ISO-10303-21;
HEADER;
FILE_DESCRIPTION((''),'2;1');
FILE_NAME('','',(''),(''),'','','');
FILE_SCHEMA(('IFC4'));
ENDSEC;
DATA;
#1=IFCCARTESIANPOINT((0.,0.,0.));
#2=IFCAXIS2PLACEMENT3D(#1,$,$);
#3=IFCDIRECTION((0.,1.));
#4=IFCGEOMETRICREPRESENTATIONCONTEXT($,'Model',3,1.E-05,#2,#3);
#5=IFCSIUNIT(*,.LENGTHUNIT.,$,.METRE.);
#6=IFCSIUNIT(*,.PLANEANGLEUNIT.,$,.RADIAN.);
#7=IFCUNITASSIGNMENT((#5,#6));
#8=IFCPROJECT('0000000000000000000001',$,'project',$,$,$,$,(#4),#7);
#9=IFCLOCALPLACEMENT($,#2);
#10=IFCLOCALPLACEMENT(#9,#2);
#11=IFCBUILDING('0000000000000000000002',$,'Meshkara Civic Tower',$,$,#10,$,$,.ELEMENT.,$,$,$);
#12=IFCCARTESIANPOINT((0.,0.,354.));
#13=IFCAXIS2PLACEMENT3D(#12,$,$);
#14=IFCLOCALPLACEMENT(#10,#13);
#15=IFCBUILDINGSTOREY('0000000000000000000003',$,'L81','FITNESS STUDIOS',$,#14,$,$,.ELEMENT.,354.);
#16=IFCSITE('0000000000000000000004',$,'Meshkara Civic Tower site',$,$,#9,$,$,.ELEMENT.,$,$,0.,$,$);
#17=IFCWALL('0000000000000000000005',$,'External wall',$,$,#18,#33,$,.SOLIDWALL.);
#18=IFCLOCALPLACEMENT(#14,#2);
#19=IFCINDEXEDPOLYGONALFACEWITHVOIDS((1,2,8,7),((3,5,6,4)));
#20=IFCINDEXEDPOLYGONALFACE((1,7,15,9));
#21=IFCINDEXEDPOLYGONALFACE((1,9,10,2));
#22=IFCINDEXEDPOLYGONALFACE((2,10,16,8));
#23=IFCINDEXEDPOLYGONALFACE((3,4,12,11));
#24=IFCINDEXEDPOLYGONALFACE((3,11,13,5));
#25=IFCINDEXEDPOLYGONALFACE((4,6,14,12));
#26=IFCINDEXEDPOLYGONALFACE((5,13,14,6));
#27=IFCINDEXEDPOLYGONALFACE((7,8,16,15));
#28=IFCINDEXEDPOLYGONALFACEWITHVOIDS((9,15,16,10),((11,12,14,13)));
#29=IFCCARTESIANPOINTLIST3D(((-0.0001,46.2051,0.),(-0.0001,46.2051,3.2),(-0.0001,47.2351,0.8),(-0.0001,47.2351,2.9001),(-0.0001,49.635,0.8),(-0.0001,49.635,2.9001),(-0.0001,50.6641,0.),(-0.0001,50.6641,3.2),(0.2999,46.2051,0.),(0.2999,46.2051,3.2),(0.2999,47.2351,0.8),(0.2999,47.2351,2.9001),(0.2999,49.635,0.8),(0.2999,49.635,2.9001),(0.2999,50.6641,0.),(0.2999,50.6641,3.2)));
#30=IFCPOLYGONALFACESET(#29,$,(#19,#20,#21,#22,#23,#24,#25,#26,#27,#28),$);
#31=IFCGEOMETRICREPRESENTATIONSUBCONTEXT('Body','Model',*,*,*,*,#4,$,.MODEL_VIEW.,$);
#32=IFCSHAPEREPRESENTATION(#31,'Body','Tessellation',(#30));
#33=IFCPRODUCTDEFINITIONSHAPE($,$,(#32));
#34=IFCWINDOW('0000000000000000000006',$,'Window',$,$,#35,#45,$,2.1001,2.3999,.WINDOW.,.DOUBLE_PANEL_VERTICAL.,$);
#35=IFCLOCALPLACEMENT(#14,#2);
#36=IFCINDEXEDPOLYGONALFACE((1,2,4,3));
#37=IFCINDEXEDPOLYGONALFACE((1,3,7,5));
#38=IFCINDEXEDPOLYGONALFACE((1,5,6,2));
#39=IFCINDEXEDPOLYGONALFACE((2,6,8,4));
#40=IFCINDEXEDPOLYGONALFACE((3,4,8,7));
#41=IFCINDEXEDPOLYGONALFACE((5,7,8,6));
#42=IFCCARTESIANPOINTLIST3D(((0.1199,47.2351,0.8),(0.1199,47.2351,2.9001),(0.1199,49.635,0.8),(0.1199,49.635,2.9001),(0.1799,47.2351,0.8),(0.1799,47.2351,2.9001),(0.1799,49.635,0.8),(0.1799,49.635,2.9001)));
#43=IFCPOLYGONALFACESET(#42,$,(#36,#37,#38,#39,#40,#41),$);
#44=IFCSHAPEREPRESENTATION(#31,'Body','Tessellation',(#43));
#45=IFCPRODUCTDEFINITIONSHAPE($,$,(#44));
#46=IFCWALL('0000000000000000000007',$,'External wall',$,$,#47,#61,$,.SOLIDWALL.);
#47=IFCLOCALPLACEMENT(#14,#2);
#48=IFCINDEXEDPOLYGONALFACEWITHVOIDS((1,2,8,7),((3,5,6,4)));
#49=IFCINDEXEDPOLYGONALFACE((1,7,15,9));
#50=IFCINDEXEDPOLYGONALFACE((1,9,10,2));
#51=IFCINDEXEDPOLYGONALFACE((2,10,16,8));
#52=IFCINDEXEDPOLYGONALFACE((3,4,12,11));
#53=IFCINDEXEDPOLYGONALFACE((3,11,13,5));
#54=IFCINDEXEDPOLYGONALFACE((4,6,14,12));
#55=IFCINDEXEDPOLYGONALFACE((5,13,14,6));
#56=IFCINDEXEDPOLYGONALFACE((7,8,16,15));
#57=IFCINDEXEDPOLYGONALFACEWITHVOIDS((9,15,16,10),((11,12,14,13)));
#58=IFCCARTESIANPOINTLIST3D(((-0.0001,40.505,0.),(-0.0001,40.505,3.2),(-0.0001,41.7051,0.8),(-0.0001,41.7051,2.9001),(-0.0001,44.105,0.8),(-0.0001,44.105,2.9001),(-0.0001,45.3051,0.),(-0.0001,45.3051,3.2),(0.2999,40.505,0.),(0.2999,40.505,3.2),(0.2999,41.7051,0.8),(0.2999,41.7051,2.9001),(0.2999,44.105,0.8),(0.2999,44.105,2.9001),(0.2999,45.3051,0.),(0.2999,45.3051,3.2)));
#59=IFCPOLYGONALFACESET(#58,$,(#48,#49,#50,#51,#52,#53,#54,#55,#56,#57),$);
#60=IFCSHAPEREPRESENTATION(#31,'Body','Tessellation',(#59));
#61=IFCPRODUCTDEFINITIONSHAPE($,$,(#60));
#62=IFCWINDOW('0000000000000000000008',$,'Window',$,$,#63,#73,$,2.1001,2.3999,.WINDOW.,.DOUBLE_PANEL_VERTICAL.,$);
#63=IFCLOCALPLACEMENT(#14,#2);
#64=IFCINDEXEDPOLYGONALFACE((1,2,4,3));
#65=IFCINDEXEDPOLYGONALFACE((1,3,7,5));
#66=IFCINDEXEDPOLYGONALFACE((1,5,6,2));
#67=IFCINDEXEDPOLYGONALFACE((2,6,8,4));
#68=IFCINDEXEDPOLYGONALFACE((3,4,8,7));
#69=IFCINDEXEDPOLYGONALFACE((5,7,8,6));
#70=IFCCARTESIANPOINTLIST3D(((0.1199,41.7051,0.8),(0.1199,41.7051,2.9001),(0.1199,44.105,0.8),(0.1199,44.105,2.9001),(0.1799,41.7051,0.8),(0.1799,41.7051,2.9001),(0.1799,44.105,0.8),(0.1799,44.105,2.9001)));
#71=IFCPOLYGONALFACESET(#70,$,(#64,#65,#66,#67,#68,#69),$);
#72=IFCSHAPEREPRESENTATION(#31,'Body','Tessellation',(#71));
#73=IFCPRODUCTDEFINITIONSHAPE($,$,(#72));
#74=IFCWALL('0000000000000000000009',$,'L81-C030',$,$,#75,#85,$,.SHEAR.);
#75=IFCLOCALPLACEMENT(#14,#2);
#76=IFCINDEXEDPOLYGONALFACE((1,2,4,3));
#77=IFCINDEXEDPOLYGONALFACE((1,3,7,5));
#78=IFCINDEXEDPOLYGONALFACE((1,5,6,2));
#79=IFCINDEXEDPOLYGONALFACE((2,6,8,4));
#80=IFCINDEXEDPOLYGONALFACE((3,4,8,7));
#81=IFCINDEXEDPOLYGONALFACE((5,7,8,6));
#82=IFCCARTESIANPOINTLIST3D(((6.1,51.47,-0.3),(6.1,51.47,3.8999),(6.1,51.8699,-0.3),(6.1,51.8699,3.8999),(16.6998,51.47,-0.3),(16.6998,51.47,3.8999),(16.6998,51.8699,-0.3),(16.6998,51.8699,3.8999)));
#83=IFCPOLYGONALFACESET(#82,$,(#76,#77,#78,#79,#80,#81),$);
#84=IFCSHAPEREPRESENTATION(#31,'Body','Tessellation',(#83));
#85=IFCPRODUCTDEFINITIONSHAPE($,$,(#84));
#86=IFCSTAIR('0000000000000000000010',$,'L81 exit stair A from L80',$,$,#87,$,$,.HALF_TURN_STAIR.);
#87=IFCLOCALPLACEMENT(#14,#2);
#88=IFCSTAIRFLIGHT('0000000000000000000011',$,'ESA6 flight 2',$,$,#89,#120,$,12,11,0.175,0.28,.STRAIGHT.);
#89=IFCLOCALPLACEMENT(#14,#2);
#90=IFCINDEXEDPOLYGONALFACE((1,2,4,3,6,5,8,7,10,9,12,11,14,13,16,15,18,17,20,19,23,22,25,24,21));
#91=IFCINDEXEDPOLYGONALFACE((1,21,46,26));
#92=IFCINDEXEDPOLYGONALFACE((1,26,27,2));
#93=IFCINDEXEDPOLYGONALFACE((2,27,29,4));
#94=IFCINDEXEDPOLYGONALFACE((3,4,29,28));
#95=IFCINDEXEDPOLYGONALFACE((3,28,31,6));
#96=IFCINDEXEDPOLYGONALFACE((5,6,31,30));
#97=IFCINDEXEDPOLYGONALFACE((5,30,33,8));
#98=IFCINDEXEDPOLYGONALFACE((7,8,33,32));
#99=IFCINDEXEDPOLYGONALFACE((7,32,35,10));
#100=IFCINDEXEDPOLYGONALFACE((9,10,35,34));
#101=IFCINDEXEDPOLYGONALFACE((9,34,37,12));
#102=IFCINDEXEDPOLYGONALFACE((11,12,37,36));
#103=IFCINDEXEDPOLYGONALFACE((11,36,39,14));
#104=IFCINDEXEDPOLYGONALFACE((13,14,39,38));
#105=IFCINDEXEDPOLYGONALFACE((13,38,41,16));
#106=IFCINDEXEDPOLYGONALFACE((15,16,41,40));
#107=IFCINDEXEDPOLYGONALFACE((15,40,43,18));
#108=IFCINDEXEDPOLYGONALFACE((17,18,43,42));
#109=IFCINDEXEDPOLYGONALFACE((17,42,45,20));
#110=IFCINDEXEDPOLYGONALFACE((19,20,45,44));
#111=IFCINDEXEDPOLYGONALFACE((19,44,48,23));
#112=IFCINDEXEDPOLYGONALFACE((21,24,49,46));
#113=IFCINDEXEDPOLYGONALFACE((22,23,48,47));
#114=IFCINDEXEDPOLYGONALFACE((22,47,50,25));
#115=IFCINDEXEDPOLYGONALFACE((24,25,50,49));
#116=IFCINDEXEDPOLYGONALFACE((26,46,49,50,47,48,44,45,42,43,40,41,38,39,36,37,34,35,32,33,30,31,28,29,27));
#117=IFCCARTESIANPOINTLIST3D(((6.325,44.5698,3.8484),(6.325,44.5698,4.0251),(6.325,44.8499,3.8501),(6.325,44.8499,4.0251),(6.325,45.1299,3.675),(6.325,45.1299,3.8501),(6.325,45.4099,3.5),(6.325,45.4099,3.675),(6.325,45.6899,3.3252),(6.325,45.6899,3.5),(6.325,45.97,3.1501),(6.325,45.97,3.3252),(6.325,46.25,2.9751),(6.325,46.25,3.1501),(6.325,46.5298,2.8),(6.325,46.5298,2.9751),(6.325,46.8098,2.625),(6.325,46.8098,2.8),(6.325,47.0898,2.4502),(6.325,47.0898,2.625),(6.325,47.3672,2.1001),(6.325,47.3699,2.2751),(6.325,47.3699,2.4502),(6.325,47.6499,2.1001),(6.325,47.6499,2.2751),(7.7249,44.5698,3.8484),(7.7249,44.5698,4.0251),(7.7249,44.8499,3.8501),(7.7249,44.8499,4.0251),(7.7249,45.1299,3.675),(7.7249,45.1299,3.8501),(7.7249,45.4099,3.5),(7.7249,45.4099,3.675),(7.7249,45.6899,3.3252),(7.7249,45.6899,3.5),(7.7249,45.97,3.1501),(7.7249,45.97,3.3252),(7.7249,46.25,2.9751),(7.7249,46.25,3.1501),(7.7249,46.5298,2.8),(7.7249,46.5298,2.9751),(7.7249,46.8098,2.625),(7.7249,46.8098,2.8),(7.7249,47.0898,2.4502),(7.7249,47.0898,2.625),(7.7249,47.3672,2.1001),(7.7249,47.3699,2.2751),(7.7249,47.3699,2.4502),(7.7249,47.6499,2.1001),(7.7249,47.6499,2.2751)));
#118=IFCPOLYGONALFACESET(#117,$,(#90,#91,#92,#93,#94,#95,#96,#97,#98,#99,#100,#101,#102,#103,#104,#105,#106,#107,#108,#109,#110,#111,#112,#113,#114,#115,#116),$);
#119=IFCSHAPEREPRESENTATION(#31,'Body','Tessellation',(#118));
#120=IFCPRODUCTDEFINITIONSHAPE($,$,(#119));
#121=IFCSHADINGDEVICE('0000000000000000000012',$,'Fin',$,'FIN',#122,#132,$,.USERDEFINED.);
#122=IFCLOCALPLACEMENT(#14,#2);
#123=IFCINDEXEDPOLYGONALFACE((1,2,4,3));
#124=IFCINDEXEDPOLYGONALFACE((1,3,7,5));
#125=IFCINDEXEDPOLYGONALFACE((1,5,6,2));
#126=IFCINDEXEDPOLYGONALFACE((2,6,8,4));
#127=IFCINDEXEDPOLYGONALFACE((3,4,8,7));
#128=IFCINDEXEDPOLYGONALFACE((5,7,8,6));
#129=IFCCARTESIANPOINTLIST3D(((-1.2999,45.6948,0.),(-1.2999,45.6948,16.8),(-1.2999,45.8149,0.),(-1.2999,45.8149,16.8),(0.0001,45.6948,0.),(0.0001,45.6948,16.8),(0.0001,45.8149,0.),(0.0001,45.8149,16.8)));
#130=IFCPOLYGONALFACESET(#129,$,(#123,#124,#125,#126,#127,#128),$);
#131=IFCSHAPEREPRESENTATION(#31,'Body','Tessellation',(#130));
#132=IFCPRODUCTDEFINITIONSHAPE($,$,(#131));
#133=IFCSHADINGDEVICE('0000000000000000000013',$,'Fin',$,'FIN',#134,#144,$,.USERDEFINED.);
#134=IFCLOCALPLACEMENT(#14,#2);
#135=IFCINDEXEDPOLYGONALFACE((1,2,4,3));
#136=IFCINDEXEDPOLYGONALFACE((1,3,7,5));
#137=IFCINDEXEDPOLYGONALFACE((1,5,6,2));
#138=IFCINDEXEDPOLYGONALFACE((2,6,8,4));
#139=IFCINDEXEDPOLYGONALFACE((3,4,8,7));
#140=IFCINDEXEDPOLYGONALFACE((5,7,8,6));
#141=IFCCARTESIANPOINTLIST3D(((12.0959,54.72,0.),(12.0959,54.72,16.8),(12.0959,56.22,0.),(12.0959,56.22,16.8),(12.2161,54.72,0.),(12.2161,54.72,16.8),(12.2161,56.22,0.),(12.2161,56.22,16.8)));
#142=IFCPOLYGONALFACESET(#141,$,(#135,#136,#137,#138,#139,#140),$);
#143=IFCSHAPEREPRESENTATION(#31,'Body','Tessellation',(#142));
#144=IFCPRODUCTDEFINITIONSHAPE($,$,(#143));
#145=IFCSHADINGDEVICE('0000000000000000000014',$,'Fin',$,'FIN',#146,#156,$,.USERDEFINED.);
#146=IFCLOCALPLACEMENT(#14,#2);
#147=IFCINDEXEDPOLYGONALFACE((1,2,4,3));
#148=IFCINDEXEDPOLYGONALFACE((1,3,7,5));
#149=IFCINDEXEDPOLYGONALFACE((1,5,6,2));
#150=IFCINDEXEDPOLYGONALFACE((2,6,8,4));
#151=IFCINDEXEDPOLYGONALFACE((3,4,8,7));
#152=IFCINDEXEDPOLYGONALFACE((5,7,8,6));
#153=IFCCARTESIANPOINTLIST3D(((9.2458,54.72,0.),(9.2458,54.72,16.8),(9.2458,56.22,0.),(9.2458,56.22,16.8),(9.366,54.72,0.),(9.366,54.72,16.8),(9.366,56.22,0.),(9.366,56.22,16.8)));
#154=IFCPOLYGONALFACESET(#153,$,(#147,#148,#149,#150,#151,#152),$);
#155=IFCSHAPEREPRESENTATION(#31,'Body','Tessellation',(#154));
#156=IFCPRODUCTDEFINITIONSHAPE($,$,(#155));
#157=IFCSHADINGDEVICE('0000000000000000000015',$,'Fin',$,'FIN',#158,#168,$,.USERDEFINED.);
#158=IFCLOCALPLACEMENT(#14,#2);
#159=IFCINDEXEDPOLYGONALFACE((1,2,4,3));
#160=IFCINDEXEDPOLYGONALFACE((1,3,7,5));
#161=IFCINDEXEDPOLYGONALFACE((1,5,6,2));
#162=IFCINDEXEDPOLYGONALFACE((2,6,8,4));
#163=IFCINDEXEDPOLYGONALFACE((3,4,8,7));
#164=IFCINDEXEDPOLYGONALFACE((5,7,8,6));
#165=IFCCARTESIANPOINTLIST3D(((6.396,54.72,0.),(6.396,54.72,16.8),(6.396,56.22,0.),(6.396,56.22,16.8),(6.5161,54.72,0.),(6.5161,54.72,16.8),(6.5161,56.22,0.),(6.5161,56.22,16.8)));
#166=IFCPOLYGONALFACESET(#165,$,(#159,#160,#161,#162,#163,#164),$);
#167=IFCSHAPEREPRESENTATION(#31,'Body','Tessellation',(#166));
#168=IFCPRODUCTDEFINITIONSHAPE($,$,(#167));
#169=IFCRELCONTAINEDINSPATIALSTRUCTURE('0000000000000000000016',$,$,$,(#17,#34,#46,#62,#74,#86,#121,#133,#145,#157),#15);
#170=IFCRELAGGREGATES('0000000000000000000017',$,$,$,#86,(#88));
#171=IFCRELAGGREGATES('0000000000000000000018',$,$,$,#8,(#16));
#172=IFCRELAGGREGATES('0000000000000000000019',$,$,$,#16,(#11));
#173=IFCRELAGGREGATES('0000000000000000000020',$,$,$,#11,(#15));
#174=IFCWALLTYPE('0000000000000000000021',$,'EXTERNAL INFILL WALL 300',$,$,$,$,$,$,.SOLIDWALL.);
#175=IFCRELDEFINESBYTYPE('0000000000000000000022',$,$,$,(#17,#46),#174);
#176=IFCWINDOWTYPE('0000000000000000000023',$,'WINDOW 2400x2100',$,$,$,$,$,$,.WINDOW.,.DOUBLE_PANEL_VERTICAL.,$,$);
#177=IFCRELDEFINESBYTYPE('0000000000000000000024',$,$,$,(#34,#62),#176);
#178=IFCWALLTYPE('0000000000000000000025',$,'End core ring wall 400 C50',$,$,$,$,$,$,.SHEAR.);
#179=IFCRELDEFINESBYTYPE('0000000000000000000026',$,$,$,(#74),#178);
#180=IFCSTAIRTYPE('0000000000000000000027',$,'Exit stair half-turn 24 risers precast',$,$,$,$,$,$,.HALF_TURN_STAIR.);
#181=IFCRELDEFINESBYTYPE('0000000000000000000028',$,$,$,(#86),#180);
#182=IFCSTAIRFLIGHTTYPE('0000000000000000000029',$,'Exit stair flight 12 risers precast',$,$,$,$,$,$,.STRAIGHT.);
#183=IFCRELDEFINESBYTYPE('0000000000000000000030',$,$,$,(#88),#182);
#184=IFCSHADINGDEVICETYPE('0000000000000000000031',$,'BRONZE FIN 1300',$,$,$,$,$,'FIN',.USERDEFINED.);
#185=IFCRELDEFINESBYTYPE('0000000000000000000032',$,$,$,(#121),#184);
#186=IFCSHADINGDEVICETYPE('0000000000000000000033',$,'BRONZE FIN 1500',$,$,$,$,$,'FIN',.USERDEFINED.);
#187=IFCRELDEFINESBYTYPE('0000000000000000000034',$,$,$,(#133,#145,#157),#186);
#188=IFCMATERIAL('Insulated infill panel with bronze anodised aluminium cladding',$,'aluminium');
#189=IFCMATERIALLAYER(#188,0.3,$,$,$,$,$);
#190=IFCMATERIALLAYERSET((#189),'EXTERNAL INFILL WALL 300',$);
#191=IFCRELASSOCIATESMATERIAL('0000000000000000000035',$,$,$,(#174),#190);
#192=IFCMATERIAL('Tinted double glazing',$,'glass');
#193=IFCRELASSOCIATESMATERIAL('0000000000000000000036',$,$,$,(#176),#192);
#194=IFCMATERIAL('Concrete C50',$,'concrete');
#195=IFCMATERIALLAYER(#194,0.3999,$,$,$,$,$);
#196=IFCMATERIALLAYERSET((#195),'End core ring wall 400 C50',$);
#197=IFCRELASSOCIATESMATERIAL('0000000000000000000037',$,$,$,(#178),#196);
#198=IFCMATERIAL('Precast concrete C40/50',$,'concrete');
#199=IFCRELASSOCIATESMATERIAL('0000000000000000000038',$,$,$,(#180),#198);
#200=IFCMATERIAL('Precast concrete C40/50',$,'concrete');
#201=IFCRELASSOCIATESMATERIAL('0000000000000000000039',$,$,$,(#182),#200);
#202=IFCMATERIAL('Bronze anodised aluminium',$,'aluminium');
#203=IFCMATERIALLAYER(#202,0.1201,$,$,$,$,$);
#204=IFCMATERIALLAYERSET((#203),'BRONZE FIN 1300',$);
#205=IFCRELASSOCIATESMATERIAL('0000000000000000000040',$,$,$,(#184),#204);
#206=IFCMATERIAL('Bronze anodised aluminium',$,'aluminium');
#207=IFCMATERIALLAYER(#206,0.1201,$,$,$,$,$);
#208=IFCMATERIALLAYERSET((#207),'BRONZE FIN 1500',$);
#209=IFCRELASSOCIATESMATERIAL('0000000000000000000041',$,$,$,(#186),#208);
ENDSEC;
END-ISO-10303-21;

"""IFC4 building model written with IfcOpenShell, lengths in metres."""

from ifc_helpers import new_model, si_unit, direction, frame, frame_2d, origin, origin_2d, place, context, subcontext, project, spatial, polyline, rectangle, outline, extrude, material, layer, layer_set, type_object, element, fill, aggregate, save


model = new_model("IFC4")

# Units and contexts
model_context = context("Model", 3, precision=1e-05, world=origin(), true_north=direction((0.0, 1.0)))
body_context = subcontext(model_context, "Body", "Model", "MODEL_VIEW")
ifc_project = project(units=[si_unit("LENGTHUNIT", "METRE"), si_unit("PLANEANGLEUNIT", "RADIAN")], contexts=[model_context])

# Site, building, storey
site_placement = place(None, origin())
site = spatial("IfcSite", under=ifc_project, at=site_placement, Name="Meshkara Civic Tower site", CompositionType="ELEMENT", RefElevation=0.0)
building_placement = place(site_placement, origin())
building = spatial("IfcBuilding", under=site, at=building_placement, Name="Meshkara Civic Tower", CompositionType="ELEMENT")
storey_placement = place(building_placement, frame((0.0, 0.0, 354.0)))
storey = spatial("IfcBuildingStorey", under=building, at=storey_placement, Name="L81", Description="FITNESS STUDIOS", CompositionType="ELEMENT", Elevation=354.0)

# Walls, openings, windows
ifc_material_1 = material(Name="Insulated infill panel with bronze anodised aluminium cladding", Category="aluminium")
ifc_layer_1 = layer(ifc_material_1, 0.3)
ifc_layer_set_1 = layer_set([ifc_layer_1], Name="EXTERNAL INFILL WALL 300")
wall_type_1 = type_object("IfcWallType", Name="EXTERNAL INFILL WALL 300", PredefinedType="SOLIDWALL", material=ifc_layer_set_1)
ifc_material_2 = material(Name="Tinted double glazing", Category="glass")
window_type = type_object("IfcWindowType", Name="WINDOW 2400x2100", PartitioningType="DOUBLE_PANEL_VERTICAL", PredefinedType="WINDOW", material=ifc_material_2)
wall_1_placement = place(storey_placement, frame((0.1499, 50.6641, 0.0), z_axis=(0.0, 0.0, 1.0), x_axis=(0.0, -1.0, 0.0)))
wall_1 = element("IfcWall", 1, at=wall_1_placement, inside=storey, type_object=wall_type_1, Name="External wall", PredefinedType="SOLIDWALL", context=body_context, shape_type="SweptSolid", body=[
    extrude(rectangle(XDim=4.459, YDim=0.3, at=frame_2d((2.2295, 0.0))), origin(), (0.0, 0.0, 1.0), 3.2),
])
opening_1_placement = place(wall_1_placement, frame((1.0291, 0.0, 0.8)))
opening_1 = element("IfcOpeningElement", 2, at=opening_1_placement, cuts=wall_1, PredefinedType="OPENING", context=body_context, shape_type="SweptSolid", body=[
    extrude(rectangle(XDim=2.3999, YDim=2.1001, at=frame_2d((1.2, 1.05))), frame((0.0, 0.1599, 0.0), z_axis=(0.0, -1.0, 0.0), x_axis=(1.0, 0.0, 0.0)), (0.0, 0.0, 1.0), 0.3201),
])
window_1_placement = place(opening_1_placement, origin())
window_1 = element("IfcWindow", 3, at=window_1_placement, inside=storey, type_object=window_type, Name="Window", OverallHeight=2.1001, OverallWidth=2.3999, PartitioningType="DOUBLE_PANEL_VERTICAL", PredefinedType="WINDOW", context=body_context, shape_type="SweptSolid", body=[
    extrude(rectangle(XDim=2.3999, YDim=2.1001, at=frame_2d((1.2, 1.05))), frame((0.0, 0.03, 0.0), z_axis=(0.0, -1.0, 0.0), x_axis=(1.0, 0.0, 0.0)), (0.0, 0.0, 1.0), 0.0601),
])
fill(opening_1, window_1)
wall_2_placement = place(storey_placement, frame((0.1499, 45.3049, 0.0), z_axis=(0.0, 0.0, 1.0), x_axis=(0.0, -1.0, 0.0)))
wall_2 = element("IfcWall", 4, at=wall_2_placement, inside=storey, type_object=wall_type_1, Name="External wall", PredefinedType="SOLIDWALL", context=body_context, shape_type="SweptSolid", body=[
    extrude(rectangle(XDim=4.8, YDim=0.3, at=frame_2d((2.3999, 0.0))), origin(), (0.0, 0.0, 1.0), 3.2),
])
opening_2_placement = place(wall_2_placement, frame((1.2, 0.0, 0.8)))
opening_2 = element("IfcOpeningElement", 5, at=opening_2_placement, cuts=wall_2, PredefinedType="OPENING", context=body_context, shape_type="SweptSolid", body=[
    extrude(rectangle(XDim=2.3999, YDim=2.1001, at=frame_2d((1.2, 1.05))), frame((0.0, 0.1599, 0.0), z_axis=(0.0, -1.0, 0.0), x_axis=(1.0, 0.0, 0.0)), (0.0, 0.0, 1.0), 0.3201),
])
window_2_placement = place(opening_2_placement, origin())
window_2 = element("IfcWindow", 6, at=window_2_placement, inside=storey, type_object=window_type, Name="Window", OverallHeight=2.1001, OverallWidth=2.3999, PartitioningType="DOUBLE_PANEL_VERTICAL", PredefinedType="WINDOW", context=body_context, shape_type="SweptSolid", body=[
    extrude(rectangle(XDim=2.3999, YDim=2.1001, at=frame_2d((1.2, 1.05))), frame((0.0, 0.03, 0.0), z_axis=(0.0, -1.0, 0.0), x_axis=(1.0, 0.0, 0.0)), (0.0, 0.0, 1.0), 0.0601),
])
fill(opening_2, window_2)

# Wall
ifc_material_3 = material(Name="Concrete C50", Category="concrete")
ifc_layer_2 = layer(ifc_material_3, 0.3999)
ifc_layer_set_2 = layer_set([ifc_layer_2], Name="End core ring wall 400 C50")
wall_type_2 = type_object("IfcWallType", Name="End core ring wall 400 C50", PredefinedType="SHEAR", material=ifc_layer_set_2)
wall_3_placement = place(storey_placement, frame((6.1001, 51.6699, -0.3), z_axis=(0.0, 0.0, 1.0), x_axis=(1.0, 0.0, 0.0)))
element("IfcWall", 7, at=wall_3_placement, inside=storey, type_object=wall_type_2, Name="L81-C030", PredefinedType="SHEAR", context=body_context, shape_type="SweptSolid", body=[
    extrude(rectangle(XDim=10.5999, YDim=0.3999, at=frame_2d((5.2998, 0.0))), origin(), (0.0, 0.0, 1.0), 4.2),
])

# Stair, stair flight
ifc_material_4 = material(Name="Precast concrete C40/50", Category="concrete")
stair_type = type_object("IfcStairType", Name="Exit stair half-turn 24 risers precast", PredefinedType="HALF_TURN_STAIR", material=ifc_material_4)
stair_placement = place(storey_placement, origin())
stair = element("IfcStair", 8, at=stair_placement, inside=storey, type_object=stair_type, Name="L81 exit stair A from L80", PredefinedType="HALF_TURN_STAIR")
ifc_material_5 = material(Name="Precast concrete C40/50", Category="concrete")
stair_flight_type = type_object("IfcStairFlightType", Name="Exit stair flight 12 risers precast", PredefinedType="STRAIGHT", material=ifc_material_5)
stair_flight_placement = place(storey_placement, frame((7.0249, 47.6499, 2.1001), z_axis=(0.0, 0.0, 1.0), x_axis=(0.0, -1.0, 0.0)))
stair_flight = element("IfcStairFlight", 9, at=stair_flight_placement, type_object=stair_flight_type, Name="ESA6 flight 2", NumberOfRisers=12, NumberOfTreads=11, PredefinedType="STRAIGHT", RiserHeight=0.175, TreadLength=0.28, context=body_context, shape_type="SweptSolid", body=[
    extrude(outline(polyline([(0.0, 0.0), (0.0, 0.175), (0.28, 0.175), (0.28, 0.3501), (0.5601, 0.3501), (0.5601, 0.5249), (0.8401, 0.5249), (0.8401, 0.7), (1.1201, 0.7), (1.1201, 0.875), (1.3999, 0.875), (1.3999, 1.05), (1.6799, 1.05), (1.6799, 1.2251), (1.96, 1.2251), (1.96, 1.3999), (2.24, 1.3999), (2.24, 1.575), (2.52, 1.575), (2.52, 1.75), (2.8, 1.75), (2.8, 1.925), (3.0801, 1.925), (3.0801, 2.1001), (3.0801, 1.7483), (0.2827, 0.0), (0.0, 0.0)])), frame((0.0, 0.7, 0.0), z_axis=(0.0, -1.0, 0.0), x_axis=(1.0, 0.0, 0.0)), (0.0, 0.0, 1.0), 1.3999),
])
aggregate(stair, [stair_flight])

# Shading devices
ifc_material_6 = material(Name="Bronze anodised aluminium", Category="aluminium")
ifc_layer_3 = layer(ifc_material_6, 0.1201)
ifc_layer_set_3 = layer_set([ifc_layer_3], Name="BRONZE FIN 1300")
shading_device_type_1 = type_object("IfcShadingDeviceType", Name="BRONZE FIN 1300", ElementType="FIN", PredefinedType="USERDEFINED", material=ifc_layer_set_3)
shading_device_placement = place(storey_placement, frame((-0.6499, 45.7549, 0.0), z_axis=(0.0, 0.0, 1.0), x_axis=(0.0, -1.0, 0.0)))
element("IfcShadingDevice", 10, at=shading_device_placement, inside=storey, type_object=shading_device_type_1, Name="Fin", ObjectType="FIN", PredefinedType="USERDEFINED", context=body_context, shape_type="SweptSolid", body=[
    extrude(rectangle(XDim=0.1201, YDim=1.3, at=origin_2d()), origin(), (0.0, 0.0, 1.0), 16.8),
])
ifc_material_7 = material(Name="Bronze anodised aluminium", Category="aluminium")
ifc_layer_4 = layer(ifc_material_7, 0.1201)
ifc_layer_set_4 = layer_set([ifc_layer_4], Name="BRONZE FIN 1500")
shading_device_type_2 = type_object("IfcShadingDeviceType", Name="BRONZE FIN 1500", ElementType="FIN", PredefinedType="USERDEFINED", material=ifc_layer_set_4)
for number, where, z_axis, x_axis, name in (
    (11, (12.156, 55.47, 0.0), (0.0, 0.0, 1.0), (-1.0, 0.0, 0.0), "Fin"),
    (12, (9.3059, 55.47, 0.0), (0.0, 0.0, 1.0), (-1.0, 0.0, 0.0), "Fin"),
    (13, (6.4561, 55.47, 0.0), (0.0, 0.0, 1.0), (-1.0, 0.0, 0.0), "Fin"),
):
    element("IfcShadingDevice", number, at=place(storey_placement, frame(where, z_axis=z_axis, x_axis=x_axis)), inside=storey, type_object=shading_device_type_2, Name=name, ObjectType="FIN", PredefinedType="USERDEFINED", context=body_context, shape_type="SweptSolid", body=[
        extrude(rectangle(XDim=0.1201, YDim=1.5, at=origin_2d()), origin(), (0.0, 0.0, 1.0), 16.8),
    ])

save(model, "model.ifc")
